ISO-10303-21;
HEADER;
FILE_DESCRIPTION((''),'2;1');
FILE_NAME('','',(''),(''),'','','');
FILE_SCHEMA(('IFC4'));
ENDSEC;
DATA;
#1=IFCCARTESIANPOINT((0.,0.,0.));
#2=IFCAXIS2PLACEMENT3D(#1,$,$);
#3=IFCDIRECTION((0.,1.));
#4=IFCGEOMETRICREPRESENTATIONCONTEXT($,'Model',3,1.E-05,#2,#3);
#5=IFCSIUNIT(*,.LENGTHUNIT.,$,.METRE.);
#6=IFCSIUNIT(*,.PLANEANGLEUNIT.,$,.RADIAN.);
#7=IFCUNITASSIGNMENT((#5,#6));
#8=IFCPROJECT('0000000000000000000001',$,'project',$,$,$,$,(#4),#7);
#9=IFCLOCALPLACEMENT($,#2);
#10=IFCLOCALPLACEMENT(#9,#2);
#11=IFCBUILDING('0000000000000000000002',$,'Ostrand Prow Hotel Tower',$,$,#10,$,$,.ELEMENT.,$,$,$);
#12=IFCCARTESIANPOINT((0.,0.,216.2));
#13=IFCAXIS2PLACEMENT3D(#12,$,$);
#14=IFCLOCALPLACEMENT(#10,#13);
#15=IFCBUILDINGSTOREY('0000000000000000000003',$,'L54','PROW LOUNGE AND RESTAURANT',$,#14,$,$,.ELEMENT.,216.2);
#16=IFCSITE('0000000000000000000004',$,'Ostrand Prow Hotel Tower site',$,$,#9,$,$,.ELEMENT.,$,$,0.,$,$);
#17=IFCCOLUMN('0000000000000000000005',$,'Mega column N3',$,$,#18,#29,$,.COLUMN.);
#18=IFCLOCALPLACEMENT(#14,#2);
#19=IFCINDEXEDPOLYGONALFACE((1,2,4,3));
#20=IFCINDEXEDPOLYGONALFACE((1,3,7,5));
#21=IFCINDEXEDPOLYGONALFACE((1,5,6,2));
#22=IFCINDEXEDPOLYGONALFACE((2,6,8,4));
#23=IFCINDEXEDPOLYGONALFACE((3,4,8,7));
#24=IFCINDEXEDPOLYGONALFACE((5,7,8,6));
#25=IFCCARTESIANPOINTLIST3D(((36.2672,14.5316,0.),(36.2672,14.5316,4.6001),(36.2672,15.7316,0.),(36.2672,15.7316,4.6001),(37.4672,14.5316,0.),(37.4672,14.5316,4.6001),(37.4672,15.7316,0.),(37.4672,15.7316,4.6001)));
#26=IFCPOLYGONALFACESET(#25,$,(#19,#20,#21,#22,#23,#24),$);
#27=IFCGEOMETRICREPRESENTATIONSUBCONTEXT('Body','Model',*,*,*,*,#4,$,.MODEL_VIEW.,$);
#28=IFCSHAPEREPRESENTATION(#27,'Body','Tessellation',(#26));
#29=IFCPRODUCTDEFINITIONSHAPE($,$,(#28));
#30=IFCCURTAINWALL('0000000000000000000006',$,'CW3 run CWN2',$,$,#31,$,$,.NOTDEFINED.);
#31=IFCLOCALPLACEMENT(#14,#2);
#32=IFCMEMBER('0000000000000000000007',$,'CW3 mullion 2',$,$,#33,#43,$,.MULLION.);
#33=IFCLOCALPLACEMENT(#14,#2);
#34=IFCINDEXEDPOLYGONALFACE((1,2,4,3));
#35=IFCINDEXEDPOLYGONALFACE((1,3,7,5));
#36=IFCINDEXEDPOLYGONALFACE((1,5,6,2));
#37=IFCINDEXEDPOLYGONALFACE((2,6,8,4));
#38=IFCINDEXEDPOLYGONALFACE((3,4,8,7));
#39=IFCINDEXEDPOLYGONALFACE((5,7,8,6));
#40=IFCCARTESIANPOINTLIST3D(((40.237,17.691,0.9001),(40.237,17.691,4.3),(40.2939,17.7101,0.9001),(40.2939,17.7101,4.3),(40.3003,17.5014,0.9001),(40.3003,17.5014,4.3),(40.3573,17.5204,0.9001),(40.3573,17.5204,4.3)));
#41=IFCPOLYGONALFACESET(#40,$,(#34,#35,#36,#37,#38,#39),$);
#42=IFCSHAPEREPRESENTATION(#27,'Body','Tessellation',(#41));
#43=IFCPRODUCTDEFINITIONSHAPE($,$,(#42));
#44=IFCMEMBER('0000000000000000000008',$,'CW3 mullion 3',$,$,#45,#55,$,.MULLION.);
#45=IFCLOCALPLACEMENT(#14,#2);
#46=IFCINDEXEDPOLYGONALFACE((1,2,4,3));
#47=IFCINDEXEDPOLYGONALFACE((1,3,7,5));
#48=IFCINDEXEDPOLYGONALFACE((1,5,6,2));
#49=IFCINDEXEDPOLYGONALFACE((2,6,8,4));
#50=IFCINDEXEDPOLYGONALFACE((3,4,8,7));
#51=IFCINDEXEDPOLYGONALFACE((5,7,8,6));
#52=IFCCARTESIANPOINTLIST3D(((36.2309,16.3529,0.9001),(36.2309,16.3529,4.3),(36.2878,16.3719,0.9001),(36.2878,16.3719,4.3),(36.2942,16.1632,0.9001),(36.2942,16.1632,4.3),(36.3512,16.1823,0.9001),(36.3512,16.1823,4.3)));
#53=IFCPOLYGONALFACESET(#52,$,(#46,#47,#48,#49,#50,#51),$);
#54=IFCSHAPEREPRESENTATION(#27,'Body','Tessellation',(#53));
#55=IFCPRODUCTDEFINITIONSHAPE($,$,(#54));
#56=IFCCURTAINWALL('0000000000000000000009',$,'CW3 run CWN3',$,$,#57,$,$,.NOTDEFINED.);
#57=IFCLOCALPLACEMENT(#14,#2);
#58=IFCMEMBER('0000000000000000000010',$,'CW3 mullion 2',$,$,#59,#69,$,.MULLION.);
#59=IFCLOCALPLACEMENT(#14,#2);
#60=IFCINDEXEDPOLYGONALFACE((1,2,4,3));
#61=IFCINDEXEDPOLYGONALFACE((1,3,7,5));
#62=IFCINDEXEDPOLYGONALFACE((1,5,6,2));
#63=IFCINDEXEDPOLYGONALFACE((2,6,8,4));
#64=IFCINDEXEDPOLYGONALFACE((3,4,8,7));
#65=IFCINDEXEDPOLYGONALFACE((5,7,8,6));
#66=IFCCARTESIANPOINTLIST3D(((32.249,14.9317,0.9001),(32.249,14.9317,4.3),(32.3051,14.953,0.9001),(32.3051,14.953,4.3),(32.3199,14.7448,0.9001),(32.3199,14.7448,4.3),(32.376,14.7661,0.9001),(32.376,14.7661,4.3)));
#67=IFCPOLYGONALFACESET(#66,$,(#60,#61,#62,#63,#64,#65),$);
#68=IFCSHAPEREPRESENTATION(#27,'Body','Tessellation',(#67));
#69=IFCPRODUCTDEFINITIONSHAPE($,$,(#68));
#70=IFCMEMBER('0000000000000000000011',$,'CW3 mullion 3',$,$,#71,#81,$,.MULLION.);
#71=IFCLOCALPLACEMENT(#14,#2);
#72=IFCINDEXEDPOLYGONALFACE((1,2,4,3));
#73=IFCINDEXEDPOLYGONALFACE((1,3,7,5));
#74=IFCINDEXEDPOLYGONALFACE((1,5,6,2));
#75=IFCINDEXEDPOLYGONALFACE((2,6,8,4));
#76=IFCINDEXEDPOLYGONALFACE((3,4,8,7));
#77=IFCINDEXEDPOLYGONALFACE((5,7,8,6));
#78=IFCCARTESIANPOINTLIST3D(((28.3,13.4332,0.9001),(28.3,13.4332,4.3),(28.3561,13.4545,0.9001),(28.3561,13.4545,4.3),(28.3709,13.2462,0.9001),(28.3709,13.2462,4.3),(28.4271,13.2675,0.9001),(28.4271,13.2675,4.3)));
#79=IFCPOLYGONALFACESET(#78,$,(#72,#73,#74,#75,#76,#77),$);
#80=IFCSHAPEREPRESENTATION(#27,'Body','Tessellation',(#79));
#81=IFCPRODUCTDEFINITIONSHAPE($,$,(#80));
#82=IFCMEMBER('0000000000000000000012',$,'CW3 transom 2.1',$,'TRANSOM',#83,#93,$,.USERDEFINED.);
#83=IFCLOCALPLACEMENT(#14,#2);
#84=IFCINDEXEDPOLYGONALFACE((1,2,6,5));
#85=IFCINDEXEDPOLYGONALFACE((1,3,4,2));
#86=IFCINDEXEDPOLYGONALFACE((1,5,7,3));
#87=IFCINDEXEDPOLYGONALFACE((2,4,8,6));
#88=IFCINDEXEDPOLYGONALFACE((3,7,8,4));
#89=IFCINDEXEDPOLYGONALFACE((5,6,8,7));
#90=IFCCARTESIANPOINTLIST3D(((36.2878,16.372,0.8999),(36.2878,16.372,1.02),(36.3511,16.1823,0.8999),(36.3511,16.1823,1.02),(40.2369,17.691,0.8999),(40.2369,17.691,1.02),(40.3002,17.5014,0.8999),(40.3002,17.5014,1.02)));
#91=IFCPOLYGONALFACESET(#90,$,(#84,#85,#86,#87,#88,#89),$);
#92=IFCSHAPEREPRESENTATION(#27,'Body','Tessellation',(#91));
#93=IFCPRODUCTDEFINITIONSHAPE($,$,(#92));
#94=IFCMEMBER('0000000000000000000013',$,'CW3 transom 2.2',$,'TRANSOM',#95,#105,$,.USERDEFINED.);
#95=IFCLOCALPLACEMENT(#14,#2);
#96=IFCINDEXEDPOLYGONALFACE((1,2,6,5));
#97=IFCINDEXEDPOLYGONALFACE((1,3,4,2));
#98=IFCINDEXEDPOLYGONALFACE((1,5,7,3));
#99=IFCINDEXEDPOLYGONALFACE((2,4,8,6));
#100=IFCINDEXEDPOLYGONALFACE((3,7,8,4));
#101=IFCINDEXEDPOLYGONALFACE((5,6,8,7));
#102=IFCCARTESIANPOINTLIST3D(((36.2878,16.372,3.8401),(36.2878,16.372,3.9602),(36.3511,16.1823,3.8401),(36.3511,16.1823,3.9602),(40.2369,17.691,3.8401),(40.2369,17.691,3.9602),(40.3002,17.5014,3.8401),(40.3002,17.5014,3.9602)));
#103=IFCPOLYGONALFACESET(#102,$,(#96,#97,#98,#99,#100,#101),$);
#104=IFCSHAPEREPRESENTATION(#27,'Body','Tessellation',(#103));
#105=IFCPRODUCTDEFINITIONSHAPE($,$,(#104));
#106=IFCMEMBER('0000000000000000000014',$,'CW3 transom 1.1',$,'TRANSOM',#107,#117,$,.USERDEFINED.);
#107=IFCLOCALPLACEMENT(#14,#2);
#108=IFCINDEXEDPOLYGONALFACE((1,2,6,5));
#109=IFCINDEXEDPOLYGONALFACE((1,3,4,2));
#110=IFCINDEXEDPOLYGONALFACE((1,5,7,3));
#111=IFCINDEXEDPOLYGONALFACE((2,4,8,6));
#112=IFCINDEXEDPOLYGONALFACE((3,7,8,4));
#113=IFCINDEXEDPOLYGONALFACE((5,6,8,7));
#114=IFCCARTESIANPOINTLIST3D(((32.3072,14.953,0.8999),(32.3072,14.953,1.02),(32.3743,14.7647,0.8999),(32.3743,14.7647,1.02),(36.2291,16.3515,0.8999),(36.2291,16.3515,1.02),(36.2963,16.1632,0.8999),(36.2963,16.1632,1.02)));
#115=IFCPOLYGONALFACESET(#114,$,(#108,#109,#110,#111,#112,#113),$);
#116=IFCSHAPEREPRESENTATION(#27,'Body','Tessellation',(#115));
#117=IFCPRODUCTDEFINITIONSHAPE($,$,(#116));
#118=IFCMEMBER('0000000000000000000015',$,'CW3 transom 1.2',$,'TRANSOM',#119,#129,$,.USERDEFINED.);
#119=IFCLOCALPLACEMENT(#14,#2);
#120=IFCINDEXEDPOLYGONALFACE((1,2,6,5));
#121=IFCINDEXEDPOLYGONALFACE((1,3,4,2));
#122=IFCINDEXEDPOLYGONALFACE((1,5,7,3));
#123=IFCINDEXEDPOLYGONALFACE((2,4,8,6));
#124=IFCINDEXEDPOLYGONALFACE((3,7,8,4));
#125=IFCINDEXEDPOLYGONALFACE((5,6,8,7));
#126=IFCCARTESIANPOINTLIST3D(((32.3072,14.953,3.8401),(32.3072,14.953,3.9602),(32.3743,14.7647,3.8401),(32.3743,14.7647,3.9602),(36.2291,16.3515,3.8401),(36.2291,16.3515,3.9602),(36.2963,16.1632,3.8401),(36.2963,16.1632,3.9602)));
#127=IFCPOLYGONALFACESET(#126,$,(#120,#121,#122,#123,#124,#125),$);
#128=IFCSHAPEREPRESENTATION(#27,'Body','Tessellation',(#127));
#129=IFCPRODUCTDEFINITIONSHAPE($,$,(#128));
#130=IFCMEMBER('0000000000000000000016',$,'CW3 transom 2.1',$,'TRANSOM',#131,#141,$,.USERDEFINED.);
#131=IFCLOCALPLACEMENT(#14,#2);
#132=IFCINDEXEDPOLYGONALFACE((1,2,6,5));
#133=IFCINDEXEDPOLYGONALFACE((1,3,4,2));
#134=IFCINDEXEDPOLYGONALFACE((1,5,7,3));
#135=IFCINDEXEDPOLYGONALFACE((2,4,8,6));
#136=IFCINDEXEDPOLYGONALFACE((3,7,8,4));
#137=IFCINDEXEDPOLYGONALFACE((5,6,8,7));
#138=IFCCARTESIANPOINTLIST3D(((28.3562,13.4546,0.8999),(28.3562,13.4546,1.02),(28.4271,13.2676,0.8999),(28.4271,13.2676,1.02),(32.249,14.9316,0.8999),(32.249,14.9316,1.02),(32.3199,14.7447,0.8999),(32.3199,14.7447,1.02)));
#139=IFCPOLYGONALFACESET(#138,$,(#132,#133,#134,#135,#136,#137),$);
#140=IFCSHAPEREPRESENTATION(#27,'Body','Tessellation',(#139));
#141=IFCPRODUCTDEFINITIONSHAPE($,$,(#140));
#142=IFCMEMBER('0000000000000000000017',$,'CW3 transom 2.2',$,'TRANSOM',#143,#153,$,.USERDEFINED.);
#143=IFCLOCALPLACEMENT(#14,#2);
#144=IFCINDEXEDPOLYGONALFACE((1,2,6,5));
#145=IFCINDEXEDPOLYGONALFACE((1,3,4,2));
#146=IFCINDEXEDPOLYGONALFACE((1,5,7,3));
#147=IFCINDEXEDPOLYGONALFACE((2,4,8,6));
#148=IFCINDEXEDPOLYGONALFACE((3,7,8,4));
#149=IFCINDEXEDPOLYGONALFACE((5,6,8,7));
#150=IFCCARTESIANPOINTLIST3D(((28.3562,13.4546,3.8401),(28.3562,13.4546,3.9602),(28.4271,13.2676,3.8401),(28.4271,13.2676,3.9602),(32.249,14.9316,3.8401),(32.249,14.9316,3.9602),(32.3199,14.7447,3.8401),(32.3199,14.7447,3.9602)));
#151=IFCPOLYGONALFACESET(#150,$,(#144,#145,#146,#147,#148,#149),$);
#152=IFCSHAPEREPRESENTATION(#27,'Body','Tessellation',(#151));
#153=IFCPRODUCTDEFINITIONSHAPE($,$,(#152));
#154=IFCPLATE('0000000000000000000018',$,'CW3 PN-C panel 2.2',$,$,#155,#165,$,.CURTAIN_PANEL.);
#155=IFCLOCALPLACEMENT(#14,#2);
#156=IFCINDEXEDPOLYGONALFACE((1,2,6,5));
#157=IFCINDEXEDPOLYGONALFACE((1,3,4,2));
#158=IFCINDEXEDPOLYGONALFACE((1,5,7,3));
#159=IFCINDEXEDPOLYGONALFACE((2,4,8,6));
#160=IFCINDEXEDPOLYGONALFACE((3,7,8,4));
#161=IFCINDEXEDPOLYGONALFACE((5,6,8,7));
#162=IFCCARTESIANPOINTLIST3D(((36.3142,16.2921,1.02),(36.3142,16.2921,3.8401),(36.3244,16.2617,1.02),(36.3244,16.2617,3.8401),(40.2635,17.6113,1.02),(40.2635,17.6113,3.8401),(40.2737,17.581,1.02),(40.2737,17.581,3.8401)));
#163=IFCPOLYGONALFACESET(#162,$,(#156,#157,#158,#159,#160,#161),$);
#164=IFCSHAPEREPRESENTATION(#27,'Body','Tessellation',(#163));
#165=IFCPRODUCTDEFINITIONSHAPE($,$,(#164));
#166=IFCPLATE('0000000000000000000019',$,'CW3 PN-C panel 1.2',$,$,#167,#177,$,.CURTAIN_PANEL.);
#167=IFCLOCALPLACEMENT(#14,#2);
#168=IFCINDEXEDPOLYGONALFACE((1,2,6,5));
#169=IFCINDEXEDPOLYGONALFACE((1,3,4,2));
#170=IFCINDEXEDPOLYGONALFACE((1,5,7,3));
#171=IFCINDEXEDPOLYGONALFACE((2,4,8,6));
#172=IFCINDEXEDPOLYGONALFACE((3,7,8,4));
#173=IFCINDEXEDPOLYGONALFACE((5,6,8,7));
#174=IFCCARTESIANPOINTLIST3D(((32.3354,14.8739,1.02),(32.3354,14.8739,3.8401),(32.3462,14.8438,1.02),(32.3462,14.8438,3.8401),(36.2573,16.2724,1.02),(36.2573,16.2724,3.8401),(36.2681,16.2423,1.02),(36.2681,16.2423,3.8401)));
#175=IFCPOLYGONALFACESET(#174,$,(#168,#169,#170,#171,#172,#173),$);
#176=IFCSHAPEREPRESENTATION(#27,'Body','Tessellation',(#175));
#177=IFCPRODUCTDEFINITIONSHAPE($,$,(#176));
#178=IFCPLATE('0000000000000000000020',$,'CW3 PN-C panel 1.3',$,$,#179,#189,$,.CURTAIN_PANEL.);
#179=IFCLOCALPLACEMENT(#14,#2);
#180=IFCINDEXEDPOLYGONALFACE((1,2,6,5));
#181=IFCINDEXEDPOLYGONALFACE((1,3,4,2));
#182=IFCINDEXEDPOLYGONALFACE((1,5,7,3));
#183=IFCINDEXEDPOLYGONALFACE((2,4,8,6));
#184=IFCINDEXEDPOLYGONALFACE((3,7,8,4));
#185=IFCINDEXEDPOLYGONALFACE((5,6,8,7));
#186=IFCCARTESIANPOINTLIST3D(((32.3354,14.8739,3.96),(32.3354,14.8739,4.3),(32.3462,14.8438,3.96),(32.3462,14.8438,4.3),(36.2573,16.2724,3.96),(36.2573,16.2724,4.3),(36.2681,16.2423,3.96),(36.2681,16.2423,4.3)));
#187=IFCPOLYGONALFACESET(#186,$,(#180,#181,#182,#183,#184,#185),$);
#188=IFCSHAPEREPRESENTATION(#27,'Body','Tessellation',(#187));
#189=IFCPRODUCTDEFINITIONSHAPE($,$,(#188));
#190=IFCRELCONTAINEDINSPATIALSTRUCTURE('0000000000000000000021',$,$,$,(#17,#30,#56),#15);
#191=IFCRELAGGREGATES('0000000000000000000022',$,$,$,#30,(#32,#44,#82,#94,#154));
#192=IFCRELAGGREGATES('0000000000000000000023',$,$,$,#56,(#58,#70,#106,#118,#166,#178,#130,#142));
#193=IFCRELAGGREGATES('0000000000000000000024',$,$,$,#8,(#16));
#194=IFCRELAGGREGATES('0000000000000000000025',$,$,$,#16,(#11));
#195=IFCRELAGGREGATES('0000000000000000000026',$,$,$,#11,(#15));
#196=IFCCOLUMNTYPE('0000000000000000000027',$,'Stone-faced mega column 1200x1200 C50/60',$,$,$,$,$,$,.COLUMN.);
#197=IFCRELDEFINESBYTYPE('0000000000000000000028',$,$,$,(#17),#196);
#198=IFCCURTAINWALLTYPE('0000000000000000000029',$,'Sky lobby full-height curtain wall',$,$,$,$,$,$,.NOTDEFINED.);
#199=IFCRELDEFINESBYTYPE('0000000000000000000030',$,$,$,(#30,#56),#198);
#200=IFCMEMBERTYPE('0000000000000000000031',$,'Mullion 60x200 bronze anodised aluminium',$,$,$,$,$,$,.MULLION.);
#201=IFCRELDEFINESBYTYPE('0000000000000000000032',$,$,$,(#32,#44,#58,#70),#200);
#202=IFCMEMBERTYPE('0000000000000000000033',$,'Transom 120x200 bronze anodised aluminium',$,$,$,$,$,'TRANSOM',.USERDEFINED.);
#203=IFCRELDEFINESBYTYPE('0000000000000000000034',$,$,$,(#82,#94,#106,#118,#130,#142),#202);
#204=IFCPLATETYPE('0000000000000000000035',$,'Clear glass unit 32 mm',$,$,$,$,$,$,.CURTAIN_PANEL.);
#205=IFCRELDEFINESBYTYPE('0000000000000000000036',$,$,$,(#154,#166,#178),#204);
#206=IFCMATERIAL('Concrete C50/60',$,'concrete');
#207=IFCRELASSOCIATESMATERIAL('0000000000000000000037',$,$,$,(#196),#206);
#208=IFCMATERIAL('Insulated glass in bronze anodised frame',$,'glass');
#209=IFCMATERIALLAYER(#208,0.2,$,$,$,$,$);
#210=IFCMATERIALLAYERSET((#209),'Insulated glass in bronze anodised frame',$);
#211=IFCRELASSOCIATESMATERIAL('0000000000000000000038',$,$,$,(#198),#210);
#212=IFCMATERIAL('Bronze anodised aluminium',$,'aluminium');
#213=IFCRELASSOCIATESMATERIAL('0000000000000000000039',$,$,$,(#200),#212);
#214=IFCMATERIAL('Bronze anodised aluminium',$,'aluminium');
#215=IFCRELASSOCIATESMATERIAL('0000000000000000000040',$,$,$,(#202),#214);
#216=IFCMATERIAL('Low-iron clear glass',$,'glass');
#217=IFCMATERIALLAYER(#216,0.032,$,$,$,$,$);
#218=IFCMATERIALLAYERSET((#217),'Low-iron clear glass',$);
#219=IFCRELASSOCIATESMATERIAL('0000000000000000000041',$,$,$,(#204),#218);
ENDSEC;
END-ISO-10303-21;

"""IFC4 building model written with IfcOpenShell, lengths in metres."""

from ifc_helpers import new_model, si_unit, direction, frame, origin, origin_2d, place, context, subcontext, project, spatial, rectangle, extrude, material, layer, layer_set, material_profile, profile_set, type_object, element, aggregate, save


model = new_model("IFC4")

# Units and contexts
model_context = context("Model", 3, precision=1e-05, world=origin(), true_north=direction((0.0, 1.0)))
body_context = subcontext(model_context, "Body", "Model", "MODEL_VIEW")
ifc_project = project(units=[si_unit("LENGTHUNIT", "METRE"), si_unit("PLANEANGLEUNIT", "RADIAN")], contexts=[model_context])

# Site, building, storey
site_placement = place(None, origin())
site = spatial("IfcSite", under=ifc_project, at=site_placement, Name="Ostrand Prow Hotel Tower site", CompositionType="ELEMENT", RefElevation=0.0)
building_placement = place(site_placement, origin())
building = spatial("IfcBuilding", under=site, at=building_placement, Name="Ostrand Prow Hotel Tower", CompositionType="ELEMENT")
storey_placement = place(building_placement, frame((0.0, 0.0, 216.2)))
storey = spatial("IfcBuildingStorey", under=building, at=storey_placement, Name="L54", Description="PROW LOUNGE AND RESTAURANT", CompositionType="ELEMENT", Elevation=216.2)

# Column
ifc_material_1 = material(Name="Concrete C50/60", Category="concrete")
ifc_material_profile_1 = material_profile(ifc_material_1, rectangle(XDim=1.2, YDim=1.2, at=origin_2d()), Name="RC 1200x1200")
ifc_profile_set_1 = profile_set([ifc_material_profile_1], Name="Concrete C50/60")
column_type = type_object("IfcColumnType", Name="Stone-faced mega column 1200x1200 C50/60", PredefinedType="COLUMN", material=ifc_profile_set_1)
column_placement = place(storey_placement, frame((36.8672, 15.1316, 0.0), z_axis=(0.0, 0.0, 1.0), x_axis=(1.0, 0.0, 0.0)))
element("IfcColumn", 1, at=column_placement, inside=storey, type_object=column_type, Name="Mega column N3", PredefinedType="COLUMN", context=body_context, shape_type="SweptSolid", body=[
    extrude(rectangle(XDim=1.2, YDim=1.2, at=origin_2d()), origin(), (0.0, 0.0, 1.0), 4.6001),
])

# Curtain walls, members
ifc_material_2 = material(Name="Insulated glass in bronze anodised frame", Category="glass")
ifc_layer_1 = layer(ifc_material_2, 0.2)
ifc_layer_set_1 = layer_set([ifc_layer_1], Name="Insulated glass in bronze anodised frame")
curtain_wall_type = type_object("IfcCurtainWallType", Name="Sky lobby full-height curtain wall", PredefinedType="NOTDEFINED", material=ifc_layer_set_1)
curtain_wall_1_placement = place(storey_placement, origin())
curtain_wall_1 = element("IfcCurtainWall", 2, at=curtain_wall_1_placement, inside=storey, type_object=curtain_wall_type, Name="CW3 run CWN2", PredefinedType="NOTDEFINED")
ifc_material_3 = material(Name="Bronze anodised aluminium", Category="aluminium")
ifc_material_profile_2 = material_profile(ifc_material_3, rectangle(XDim=0.2, YDim=0.0601, at=origin_2d()), Name="Mullion 60x200 bronze anodised aluminium")
ifc_profile_set_2 = profile_set([ifc_material_profile_2], Name="Bronze anodised aluminium")
member_type_1 = type_object("IfcMemberType", Name="Mullion 60x200 bronze anodised aluminium", PredefinedType="MULLION", material=ifc_profile_set_2)
member_1_placement = place(storey_placement, frame((40.2971, 17.6057, 0.9001), z_axis=(0.0, 0.0, 1.0), x_axis=(0.316841, -0.948479, 0.0)))
member_1 = element("IfcMember", 3, at=member_1_placement, type_object=member_type_1, Name="CW3 mullion 2", PredefinedType="MULLION", context=body_context, shape_type="SweptSolid", body=[
    extrude(rectangle(XDim=0.2, YDim=0.0601, at=origin_2d()), origin(), (0.0, 0.0, 1.0), 3.3999),
])
member_2_placement = place(storey_placement, frame((36.291, 16.2676, 0.9001), z_axis=(0.0, 0.0, 1.0), x_axis=(0.316841, -0.948479, 0.0)))
member_2 = element("IfcMember", 4, at=member_2_placement, type_object=member_type_1, Name="CW3 mullion 3", PredefinedType="MULLION", context=body_context, shape_type="SweptSolid", body=[
    extrude(rectangle(XDim=0.2, YDim=0.0601, at=origin_2d()), origin(), (0.0, 0.0, 1.0), 3.3999),
])
curtain_wall_2_placement = place(storey_placement, origin())
curtain_wall_2 = element("IfcCurtainWall", 5, at=curtain_wall_2_placement, inside=storey, type_object=curtain_wall_type, Name="CW3 run CWN3", PredefinedType="NOTDEFINED")
member_3_placement = place(storey_placement, frame((32.3125, 14.8489, 0.9001), z_axis=(0.0, 0.0, 1.0), x_axis=(0.354777, -0.934951, 0.0)))
member_3 = element("IfcMember", 6, at=member_3_placement, type_object=member_type_1, Name="CW3 mullion 2", PredefinedType="MULLION", context=body_context, shape_type="SweptSolid", body=[
    extrude(rectangle(XDim=0.2, YDim=0.0601, at=origin_2d()), origin(), (0.0, 0.0, 1.0), 3.3999),
])
member_4_placement = place(storey_placement, frame((28.3635, 13.3503, 0.9001), z_axis=(0.0, 0.0, 1.0), x_axis=(0.354777, -0.934951, 0.0)))
member_4 = element("IfcMember", 7, at=member_4_placement, type_object=member_type_1, Name="CW3 mullion 3", PredefinedType="MULLION", context=body_context, shape_type="SweptSolid", body=[
    extrude(rectangle(XDim=0.2, YDim=0.0601, at=origin_2d()), origin(), (0.0, 0.0, 1.0), 3.3999),
])

# Members
ifc_material_4 = material(Name="Bronze anodised aluminium", Category="aluminium")
ifc_material_profile_3 = material_profile(ifc_material_4, rectangle(XDim=0.2, YDim=0.1201, at=origin_2d()), Name="Transom 120x200 bronze anodised aluminium")
ifc_profile_set_3 = profile_set([ifc_material_profile_3], Name="Bronze anodised aluminium")
member_type_2 = type_object("IfcMemberType", Name="Transom 120x200 bronze anodised aluminium", ElementType="TRANSOM", PredefinedType="USERDEFINED", material=ifc_profile_set_3)
member_5_placement = place(storey_placement, frame((40.2686, 17.5962, 0.96), z_axis=(-0.94849, -0.316808, 0.0), x_axis=(0.316808, -0.94849, 0.0)))
member_5 = element("IfcMember", 8, at=member_5_placement, type_object=member_type_2, Name="CW3 transom 2.1", ObjectType="TRANSOM", PredefinedType="USERDEFINED", context=body_context, shape_type="SweptSolid", body=[
    extrude(rectangle(XDim=0.2, YDim=0.1201, at=origin_2d()), origin(), (0.0, 0.0, 1.0), 4.1636),
])
member_6_placement = place(storey_placement, frame((40.2686, 17.5962, 3.9001), z_axis=(-0.94849, -0.316808, 0.0), x_axis=(0.316808, -0.94849, 0.0)))
member_6 = element("IfcMember", 9, at=member_6_placement, type_object=member_type_2, Name="CW3 transom 2.2", ObjectType="TRANSOM", PredefinedType="USERDEFINED", context=body_context, shape_type="SweptSolid", body=[
    extrude(rectangle(XDim=0.2, YDim=0.1201, at=origin_2d()), origin(), (0.0, 0.0, 1.0), 4.1636),
])
member_7_placement = place(storey_placement, frame((36.2627, 16.2573, 0.96), z_axis=(-0.941912, -0.335861, 0.0), x_axis=(0.335861, -0.941912, 0.0)))
member_7 = element("IfcMember", 10, at=member_7_placement, type_object=member_type_2, Name="CW3 transom 1.1", ObjectType="TRANSOM", PredefinedType="USERDEFINED", context=body_context, shape_type="SweptSolid", body=[
    extrude(rectangle(XDim=0.2, YDim=0.1201, at=origin_2d()), origin(), (0.0, 0.0, 1.0), 4.1638),
])
member_8_placement = place(storey_placement, frame((36.2627, 16.2573, 3.9001), z_axis=(-0.941912, -0.335861, 0.0), x_axis=(0.335861, -0.941912, 0.0)))
member_8 = element("IfcMember", 11, at=member_8_placement, type_object=member_type_2, Name="CW3 transom 1.2", ObjectType="TRANSOM", PredefinedType="USERDEFINED", context=body_context, shape_type="SweptSolid", body=[
    extrude(rectangle(XDim=0.2, YDim=0.1201, at=origin_2d()), origin(), (0.0, 0.0, 1.0), 4.1638),
])
member_9_placement = place(storey_placement, frame((32.2844, 14.8381, 0.96), z_axis=(-0.934961, -0.354751, 0.0), x_axis=(0.354751, -0.934961, 0.0)))
member_9 = element("IfcMember", 12, at=member_9_placement, type_object=member_type_2, Name="CW3 transom 2.1", ObjectType="TRANSOM", PredefinedType="USERDEFINED", context=body_context, shape_type="SweptSolid", body=[
    extrude(rectangle(XDim=0.2, YDim=0.1201, at=origin_2d()), origin(), (0.0, 0.0, 1.0), 4.1636),
])
member_10_placement = place(storey_placement, frame((32.2844, 14.8381, 3.9001), z_axis=(-0.934961, -0.354751, 0.0), x_axis=(0.354751, -0.934961, 0.0)))
member_10 = element("IfcMember", 13, at=member_10_placement, type_object=member_type_2, Name="CW3 transom 2.2", ObjectType="TRANSOM", PredefinedType="USERDEFINED", context=body_context, shape_type="SweptSolid", body=[
    extrude(rectangle(XDim=0.2, YDim=0.1201, at=origin_2d()), origin(), (0.0, 0.0, 1.0), 4.1636),
])

# Plates
ifc_material_5 = material(Name="Low-iron clear glass", Category="glass")
ifc_layer_2 = layer(ifc_material_5, 0.032)
ifc_layer_set_2 = layer_set([ifc_layer_2], Name="Low-iron clear glass")
plate_type_1 = type_object("IfcPlateType", Name="Clear glass unit 32 mm", PredefinedType="CURTAIN_PANEL", material=ifc_layer_set_2)
plate_1_placement = place(storey_placement, frame((38.2939, 16.9365, 1.02), z_axis=(0.0, 0.0, 1.0), x_axis=(-0.948479, -0.316841, 0.0)))
plate_1 = element("IfcPlate", 14, at=plate_1_placement, type_object=plate_type_1, Name="CW3 PN-C panel 2.2", PredefinedType="CURTAIN_PANEL", context=body_context, shape_type="SweptSolid", body=[
    extrude(rectangle(XDim=4.1638, YDim=0.032, at=origin_2d()), origin(), (0.0, 0.0, 1.0), 2.8201),
])
plate_2_placement = place(storey_placement, frame((34.3018, 15.5581, 1.02), z_axis=(0.0, 0.0, 1.0), x_axis=(-0.941906, -0.335877, 0.0)))
plate_2 = element("IfcPlate", 15, at=plate_2_placement, type_object=plate_type_1, Name="CW3 PN-C panel 1.2", PredefinedType="CURTAIN_PANEL", context=body_context, shape_type="SweptSolid", body=[
    extrude(rectangle(XDim=4.1638, YDim=0.032, at=origin_2d()), origin(), (0.0, 0.0, 1.0), 2.8201),
])
plate_3_placement = place(storey_placement, frame((34.3018, 15.5581, 3.96), z_axis=(0.0, 0.0, 1.0), x_axis=(-0.941906, -0.335877, 0.0)))
plate_3 = element("IfcPlate", 16, at=plate_3_placement, type_object=plate_type_1, Name="CW3 PN-C panel 1.3", PredefinedType="CURTAIN_PANEL", context=body_context, shape_type="SweptSolid", body=[
    extrude(rectangle(XDim=4.1638, YDim=0.032, at=origin_2d()), origin(), (0.0, 0.0, 1.0), 0.3401),
])
aggregate(curtain_wall_1, [member_1, member_2, member_5, member_6, plate_1])
aggregate(curtain_wall_2, [member_3, member_4, member_7, member_8, plate_2, plate_3, member_9, member_10])

save(model, "model.ifc")
